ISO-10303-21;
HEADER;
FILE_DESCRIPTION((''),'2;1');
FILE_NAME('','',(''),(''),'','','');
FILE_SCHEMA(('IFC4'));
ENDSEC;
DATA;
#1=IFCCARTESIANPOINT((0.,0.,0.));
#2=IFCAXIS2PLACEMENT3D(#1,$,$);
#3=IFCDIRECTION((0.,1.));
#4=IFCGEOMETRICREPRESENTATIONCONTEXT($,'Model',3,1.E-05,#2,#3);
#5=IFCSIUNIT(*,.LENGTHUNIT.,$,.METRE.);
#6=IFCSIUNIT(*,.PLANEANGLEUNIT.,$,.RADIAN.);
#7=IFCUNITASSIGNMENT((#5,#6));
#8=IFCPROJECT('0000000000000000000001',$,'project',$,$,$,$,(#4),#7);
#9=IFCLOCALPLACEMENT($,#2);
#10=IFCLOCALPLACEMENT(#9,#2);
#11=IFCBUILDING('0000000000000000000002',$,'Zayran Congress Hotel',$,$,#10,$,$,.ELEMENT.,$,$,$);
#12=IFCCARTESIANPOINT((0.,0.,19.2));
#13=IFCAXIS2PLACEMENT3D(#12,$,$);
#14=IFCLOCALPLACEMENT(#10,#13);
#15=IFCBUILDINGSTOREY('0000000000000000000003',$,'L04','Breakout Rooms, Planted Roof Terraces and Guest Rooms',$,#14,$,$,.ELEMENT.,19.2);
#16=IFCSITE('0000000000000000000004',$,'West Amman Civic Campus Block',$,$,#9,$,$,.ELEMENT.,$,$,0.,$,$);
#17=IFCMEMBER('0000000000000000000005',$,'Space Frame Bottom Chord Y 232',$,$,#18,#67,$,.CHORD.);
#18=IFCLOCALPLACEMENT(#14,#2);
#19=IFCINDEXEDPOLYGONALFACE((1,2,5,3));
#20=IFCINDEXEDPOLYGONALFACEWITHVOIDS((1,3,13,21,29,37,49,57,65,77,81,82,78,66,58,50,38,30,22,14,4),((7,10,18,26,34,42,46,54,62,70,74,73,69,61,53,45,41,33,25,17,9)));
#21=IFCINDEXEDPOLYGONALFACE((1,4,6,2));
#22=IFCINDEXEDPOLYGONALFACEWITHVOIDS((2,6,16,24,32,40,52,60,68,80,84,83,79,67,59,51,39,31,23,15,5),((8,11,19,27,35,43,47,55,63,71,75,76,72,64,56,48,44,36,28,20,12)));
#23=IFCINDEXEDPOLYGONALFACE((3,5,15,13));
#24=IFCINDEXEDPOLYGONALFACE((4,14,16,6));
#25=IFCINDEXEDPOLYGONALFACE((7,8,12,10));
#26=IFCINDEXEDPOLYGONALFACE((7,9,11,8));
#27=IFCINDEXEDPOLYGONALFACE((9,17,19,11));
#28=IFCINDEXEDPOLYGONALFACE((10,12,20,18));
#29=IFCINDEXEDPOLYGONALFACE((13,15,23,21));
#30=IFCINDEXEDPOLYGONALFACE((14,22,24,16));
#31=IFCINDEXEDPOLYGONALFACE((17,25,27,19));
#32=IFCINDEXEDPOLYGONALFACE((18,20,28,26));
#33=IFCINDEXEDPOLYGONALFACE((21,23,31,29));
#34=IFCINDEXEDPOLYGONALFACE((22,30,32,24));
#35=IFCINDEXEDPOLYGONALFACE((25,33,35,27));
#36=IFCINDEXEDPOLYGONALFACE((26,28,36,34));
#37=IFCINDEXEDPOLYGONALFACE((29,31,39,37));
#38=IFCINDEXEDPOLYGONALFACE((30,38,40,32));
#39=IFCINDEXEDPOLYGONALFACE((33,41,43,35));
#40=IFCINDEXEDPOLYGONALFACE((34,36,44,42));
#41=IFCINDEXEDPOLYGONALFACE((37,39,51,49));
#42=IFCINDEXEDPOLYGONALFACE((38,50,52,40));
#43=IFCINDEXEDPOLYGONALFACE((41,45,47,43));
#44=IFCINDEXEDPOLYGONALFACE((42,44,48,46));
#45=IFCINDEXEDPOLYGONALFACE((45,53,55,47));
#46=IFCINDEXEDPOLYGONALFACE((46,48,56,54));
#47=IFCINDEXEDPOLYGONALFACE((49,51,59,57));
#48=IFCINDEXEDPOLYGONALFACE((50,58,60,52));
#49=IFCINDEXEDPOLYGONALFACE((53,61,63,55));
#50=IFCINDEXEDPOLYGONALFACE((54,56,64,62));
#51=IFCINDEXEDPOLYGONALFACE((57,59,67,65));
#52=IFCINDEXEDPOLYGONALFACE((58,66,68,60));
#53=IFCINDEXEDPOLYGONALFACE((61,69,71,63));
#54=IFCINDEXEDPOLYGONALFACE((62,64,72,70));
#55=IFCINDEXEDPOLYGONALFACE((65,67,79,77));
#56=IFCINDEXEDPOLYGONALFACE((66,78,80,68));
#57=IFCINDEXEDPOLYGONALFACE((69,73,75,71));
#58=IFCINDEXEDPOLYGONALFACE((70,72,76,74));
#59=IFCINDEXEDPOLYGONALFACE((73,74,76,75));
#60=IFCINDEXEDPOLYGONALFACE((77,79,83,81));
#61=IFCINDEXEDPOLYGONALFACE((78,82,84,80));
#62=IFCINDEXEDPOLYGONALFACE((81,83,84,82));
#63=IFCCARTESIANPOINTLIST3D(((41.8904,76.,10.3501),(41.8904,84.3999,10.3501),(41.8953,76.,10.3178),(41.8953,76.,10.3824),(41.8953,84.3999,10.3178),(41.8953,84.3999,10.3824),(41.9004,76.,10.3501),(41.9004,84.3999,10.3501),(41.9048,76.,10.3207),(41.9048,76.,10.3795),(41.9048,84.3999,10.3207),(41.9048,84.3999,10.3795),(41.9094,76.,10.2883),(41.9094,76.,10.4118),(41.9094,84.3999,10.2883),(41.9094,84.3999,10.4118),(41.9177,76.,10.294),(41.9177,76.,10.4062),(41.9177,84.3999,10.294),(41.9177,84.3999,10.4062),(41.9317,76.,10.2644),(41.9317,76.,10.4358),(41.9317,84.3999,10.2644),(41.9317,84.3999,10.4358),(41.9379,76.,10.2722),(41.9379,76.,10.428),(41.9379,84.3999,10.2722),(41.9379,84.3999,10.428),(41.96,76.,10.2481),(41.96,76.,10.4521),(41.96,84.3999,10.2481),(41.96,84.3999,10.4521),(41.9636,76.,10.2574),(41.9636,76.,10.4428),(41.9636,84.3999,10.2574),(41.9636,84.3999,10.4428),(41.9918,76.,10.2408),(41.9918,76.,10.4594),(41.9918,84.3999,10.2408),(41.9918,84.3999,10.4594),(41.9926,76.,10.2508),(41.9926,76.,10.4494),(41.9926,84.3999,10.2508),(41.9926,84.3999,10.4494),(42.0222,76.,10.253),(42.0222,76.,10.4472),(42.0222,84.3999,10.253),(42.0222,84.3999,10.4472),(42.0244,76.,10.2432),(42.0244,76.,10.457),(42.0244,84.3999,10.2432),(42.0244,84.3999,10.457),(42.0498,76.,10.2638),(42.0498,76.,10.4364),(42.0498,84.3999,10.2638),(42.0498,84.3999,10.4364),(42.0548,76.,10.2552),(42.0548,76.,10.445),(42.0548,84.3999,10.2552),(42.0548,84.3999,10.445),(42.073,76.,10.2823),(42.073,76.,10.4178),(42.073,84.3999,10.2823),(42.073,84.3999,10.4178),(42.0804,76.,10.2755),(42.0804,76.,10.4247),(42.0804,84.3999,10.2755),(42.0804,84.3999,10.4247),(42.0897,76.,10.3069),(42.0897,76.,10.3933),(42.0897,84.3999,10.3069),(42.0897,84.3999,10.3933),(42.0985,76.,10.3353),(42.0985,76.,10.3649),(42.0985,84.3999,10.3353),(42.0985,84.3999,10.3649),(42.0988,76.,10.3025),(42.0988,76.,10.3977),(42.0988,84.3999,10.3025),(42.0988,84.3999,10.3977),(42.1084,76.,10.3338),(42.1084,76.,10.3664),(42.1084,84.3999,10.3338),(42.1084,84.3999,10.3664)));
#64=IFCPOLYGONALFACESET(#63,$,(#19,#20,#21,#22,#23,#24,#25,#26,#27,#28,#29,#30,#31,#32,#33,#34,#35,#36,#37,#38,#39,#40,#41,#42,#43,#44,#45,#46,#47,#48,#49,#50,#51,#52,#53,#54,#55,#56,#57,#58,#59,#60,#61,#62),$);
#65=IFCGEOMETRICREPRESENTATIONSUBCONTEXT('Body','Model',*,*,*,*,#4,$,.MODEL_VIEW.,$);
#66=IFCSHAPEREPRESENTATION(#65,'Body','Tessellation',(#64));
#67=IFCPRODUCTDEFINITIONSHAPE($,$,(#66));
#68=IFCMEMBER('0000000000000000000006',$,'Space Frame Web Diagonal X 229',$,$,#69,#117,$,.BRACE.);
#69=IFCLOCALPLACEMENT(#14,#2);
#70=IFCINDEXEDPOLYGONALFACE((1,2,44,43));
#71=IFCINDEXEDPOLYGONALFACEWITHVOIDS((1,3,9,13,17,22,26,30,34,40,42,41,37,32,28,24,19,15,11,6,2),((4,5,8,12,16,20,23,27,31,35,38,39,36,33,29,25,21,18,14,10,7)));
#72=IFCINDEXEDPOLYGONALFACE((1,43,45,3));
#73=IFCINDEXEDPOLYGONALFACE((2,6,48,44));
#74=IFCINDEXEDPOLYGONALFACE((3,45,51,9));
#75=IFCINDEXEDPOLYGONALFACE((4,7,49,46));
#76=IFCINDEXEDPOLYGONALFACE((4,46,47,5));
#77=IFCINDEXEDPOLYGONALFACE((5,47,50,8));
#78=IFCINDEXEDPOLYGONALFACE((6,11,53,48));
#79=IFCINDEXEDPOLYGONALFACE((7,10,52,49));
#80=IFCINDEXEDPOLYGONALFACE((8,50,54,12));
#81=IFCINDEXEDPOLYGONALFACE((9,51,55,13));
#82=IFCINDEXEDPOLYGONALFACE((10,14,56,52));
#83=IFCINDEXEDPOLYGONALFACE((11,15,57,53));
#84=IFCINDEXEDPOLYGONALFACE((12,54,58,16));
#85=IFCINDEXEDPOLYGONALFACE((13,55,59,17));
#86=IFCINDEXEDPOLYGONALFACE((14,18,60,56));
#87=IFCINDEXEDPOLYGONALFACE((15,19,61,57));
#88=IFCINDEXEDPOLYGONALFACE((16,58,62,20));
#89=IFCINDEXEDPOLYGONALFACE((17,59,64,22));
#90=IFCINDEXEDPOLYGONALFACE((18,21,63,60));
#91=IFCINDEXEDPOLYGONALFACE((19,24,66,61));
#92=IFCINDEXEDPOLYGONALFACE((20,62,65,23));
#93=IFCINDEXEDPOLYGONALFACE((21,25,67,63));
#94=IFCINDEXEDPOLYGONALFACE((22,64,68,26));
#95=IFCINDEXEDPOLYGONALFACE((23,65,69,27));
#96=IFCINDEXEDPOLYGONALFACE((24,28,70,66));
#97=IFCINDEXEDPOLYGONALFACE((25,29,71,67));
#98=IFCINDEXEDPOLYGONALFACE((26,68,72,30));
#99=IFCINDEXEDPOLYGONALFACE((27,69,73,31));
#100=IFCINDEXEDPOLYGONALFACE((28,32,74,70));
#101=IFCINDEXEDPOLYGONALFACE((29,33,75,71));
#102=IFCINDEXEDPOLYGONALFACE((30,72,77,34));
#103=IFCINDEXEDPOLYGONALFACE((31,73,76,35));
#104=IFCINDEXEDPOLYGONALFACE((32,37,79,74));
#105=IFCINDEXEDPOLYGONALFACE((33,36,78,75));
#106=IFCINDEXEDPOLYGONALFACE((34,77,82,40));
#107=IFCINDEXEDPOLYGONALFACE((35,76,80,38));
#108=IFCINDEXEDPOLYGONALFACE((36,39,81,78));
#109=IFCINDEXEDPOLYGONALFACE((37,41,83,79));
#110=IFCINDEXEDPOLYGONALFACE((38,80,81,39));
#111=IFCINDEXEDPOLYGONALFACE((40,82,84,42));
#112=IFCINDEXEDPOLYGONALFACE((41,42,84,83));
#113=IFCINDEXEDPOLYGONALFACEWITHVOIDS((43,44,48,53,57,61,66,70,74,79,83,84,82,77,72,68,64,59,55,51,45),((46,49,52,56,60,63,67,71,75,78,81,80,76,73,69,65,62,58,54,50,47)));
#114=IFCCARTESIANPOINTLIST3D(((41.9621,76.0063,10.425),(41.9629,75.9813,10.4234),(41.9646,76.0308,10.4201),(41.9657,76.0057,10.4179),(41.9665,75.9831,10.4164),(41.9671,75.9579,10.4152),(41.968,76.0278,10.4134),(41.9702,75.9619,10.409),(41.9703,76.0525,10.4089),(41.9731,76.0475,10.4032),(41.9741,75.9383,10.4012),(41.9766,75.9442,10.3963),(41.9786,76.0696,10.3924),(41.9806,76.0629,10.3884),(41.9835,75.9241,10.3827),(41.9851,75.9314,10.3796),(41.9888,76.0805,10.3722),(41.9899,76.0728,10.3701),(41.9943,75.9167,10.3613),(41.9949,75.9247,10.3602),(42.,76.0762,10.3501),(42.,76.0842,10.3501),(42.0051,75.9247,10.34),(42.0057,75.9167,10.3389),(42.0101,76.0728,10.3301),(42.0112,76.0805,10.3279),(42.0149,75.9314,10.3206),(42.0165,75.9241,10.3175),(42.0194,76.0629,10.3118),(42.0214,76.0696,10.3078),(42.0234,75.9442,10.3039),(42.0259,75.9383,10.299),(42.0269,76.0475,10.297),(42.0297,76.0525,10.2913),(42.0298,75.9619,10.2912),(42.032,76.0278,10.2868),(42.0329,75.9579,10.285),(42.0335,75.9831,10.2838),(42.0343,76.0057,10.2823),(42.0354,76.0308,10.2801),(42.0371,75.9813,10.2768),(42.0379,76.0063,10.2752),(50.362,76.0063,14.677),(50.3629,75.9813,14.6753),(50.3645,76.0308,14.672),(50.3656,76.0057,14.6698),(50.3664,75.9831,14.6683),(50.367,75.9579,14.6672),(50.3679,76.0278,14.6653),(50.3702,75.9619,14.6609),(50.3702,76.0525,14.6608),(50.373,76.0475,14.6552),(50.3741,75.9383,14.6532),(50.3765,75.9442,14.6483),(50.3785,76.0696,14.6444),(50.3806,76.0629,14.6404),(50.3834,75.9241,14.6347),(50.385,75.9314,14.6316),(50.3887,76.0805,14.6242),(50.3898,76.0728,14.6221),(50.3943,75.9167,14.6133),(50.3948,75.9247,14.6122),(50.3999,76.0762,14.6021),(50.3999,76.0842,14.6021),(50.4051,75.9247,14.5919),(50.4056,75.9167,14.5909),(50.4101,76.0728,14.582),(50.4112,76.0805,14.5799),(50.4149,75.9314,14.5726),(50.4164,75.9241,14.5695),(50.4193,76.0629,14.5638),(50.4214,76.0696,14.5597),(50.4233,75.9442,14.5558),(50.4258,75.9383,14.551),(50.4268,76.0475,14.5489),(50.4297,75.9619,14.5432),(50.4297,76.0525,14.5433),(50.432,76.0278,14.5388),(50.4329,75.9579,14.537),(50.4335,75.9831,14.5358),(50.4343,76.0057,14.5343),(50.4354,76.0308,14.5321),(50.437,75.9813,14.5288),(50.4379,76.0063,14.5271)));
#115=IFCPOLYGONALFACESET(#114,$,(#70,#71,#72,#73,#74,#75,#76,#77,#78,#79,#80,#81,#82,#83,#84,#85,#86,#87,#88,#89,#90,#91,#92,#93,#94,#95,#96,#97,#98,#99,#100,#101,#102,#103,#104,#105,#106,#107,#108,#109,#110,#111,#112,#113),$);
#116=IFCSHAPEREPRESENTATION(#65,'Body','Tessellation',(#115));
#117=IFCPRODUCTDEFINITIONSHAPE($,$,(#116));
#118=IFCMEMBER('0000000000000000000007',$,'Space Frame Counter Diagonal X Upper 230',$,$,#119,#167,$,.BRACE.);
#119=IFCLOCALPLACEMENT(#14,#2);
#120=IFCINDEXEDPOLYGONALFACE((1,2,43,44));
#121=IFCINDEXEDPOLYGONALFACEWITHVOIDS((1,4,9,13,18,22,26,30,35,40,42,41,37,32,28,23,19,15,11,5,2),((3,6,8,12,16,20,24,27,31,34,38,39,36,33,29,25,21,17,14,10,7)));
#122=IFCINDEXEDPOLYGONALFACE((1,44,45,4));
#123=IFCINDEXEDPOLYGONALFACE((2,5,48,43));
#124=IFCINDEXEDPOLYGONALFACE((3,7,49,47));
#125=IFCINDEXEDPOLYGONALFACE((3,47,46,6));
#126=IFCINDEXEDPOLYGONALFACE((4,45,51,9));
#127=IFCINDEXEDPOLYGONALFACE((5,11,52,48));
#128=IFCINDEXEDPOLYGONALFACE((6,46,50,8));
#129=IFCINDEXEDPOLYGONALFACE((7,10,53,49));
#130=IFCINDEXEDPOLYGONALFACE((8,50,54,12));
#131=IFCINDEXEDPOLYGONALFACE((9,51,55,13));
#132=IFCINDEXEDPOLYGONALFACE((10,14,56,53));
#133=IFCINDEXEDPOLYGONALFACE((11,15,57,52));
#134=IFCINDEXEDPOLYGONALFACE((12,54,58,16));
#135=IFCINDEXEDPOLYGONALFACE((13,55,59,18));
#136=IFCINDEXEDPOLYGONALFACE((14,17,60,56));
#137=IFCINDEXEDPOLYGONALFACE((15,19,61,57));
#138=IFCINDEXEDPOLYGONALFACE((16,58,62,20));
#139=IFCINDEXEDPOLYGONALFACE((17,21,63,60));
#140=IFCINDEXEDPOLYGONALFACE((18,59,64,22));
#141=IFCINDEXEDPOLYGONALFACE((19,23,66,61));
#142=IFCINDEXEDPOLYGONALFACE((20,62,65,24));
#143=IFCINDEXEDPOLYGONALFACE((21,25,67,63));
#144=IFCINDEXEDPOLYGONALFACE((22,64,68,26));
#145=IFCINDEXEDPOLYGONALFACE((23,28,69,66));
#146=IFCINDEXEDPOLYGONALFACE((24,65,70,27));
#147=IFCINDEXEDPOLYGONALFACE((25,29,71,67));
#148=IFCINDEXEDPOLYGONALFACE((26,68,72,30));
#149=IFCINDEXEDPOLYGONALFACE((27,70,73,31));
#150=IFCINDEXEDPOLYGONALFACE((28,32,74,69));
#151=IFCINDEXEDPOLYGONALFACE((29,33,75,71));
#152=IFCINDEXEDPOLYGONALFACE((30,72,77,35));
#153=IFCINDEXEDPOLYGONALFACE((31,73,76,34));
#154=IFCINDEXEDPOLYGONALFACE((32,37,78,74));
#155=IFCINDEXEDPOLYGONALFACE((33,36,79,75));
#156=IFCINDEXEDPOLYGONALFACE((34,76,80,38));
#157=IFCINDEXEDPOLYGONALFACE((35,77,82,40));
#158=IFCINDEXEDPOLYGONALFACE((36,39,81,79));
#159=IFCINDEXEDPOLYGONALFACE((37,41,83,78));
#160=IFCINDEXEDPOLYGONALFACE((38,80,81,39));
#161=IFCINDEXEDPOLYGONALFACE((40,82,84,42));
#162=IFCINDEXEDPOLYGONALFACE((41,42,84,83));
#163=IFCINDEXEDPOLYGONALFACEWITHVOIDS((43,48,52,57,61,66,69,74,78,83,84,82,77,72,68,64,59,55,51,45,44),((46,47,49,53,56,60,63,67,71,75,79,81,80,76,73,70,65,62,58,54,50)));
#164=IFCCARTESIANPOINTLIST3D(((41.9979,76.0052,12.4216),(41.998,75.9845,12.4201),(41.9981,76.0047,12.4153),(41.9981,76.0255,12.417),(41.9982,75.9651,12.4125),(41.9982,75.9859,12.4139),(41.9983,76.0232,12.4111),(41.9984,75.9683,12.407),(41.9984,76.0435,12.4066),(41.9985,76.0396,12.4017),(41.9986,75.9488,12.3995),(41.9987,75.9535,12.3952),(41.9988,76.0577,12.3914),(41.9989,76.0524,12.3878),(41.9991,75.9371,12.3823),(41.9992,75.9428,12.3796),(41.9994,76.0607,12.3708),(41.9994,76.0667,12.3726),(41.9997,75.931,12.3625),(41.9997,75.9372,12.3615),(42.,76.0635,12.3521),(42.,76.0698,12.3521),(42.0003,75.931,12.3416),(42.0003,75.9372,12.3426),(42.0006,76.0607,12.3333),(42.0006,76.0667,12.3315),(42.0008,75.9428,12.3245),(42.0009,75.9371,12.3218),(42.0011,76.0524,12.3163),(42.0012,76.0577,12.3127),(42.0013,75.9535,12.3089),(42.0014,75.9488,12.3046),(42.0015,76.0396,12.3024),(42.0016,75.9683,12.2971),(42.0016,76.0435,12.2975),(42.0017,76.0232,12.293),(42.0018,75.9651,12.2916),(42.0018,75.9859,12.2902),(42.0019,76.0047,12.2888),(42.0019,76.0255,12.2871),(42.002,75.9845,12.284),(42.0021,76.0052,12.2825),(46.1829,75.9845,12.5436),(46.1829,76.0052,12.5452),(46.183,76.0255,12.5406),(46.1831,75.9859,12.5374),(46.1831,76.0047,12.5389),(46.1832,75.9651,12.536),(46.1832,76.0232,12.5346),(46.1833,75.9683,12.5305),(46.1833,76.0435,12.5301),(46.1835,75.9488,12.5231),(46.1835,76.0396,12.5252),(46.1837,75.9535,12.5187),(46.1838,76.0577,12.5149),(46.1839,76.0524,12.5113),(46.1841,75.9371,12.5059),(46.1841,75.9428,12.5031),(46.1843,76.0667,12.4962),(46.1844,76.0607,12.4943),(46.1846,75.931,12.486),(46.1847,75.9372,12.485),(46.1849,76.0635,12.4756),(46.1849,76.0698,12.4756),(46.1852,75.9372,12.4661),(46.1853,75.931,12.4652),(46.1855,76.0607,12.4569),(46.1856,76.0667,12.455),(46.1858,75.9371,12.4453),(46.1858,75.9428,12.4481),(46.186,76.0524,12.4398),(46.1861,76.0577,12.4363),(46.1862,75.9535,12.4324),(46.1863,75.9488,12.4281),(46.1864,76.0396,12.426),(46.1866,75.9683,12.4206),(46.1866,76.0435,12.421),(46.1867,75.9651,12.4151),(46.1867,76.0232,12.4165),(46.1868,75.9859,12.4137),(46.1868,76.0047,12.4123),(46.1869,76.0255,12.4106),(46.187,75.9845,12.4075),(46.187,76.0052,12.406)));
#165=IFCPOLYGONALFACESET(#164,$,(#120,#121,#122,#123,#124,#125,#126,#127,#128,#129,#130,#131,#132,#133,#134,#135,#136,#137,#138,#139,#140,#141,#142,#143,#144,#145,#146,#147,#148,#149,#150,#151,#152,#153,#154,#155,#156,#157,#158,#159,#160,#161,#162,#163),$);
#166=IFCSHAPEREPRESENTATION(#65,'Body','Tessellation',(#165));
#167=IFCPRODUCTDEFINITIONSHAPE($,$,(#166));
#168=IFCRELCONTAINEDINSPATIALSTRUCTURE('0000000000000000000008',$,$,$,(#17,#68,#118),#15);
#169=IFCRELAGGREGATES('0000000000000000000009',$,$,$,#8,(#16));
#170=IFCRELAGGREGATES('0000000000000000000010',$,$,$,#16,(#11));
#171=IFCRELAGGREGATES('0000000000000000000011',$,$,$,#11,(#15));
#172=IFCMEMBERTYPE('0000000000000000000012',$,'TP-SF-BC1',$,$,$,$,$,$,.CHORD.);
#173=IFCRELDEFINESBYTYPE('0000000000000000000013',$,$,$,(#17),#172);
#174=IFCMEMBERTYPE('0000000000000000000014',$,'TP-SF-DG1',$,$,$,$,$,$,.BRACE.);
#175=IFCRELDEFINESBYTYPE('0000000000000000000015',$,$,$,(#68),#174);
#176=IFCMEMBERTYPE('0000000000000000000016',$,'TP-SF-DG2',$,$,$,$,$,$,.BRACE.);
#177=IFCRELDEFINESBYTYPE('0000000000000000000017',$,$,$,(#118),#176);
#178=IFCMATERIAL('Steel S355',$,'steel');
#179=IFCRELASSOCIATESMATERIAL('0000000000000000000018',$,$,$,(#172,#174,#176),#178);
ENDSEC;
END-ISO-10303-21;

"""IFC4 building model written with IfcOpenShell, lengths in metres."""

from ifc_helpers import new_model, si_unit, direction, frame, origin, origin_2d, place, context, subcontext, project, spatial, hollow_circle, extrude, material, material_profile, profile_set, type_object, element, save


model = new_model("IFC4")

# Units and contexts
model_context = context("Model", 3, precision=1e-05, world=origin(), true_north=direction((0.0, 1.0)))
body_context = subcontext(model_context, "Body", "Model", "MODEL_VIEW")
ifc_project = project(units=[si_unit("LENGTHUNIT", "METRE"), si_unit("PLANEANGLEUNIT", "RADIAN")], contexts=[model_context])

# Site, building, storey
site_placement = place(None, origin())
site = spatial("IfcSite", under=ifc_project, at=site_placement, Name="West Amman Civic Campus Block", CompositionType="ELEMENT", RefElevation=0.0)
building_placement = place(site_placement, origin())
building = spatial("IfcBuilding", under=site, at=building_placement, Name="Zayran Congress Hotel", CompositionType="ELEMENT")
storey_placement = place(building_placement, frame((0.0, 0.0, 19.2)))
storey = spatial("IfcBuildingStorey", under=building, at=storey_placement, Name="L04", Description="Breakout Rooms, Planted Roof Terraces and Guest Rooms", CompositionType="ELEMENT", Elevation=19.2)

# Members
ifc_material_1 = material(Name="Steel S355", Category="steel")
ifc_material_profile_1 = material_profile(ifc_material_1, hollow_circle(Radius=0.1096, WallThickness=0.01, at=origin_2d()), Name="CHS 219.1x10")
ifc_profile_set_1 = profile_set([ifc_material_profile_1], Name="Steel S355")
member_type_1 = type_object("IfcMemberType", Name="TP-SF-BC1", PredefinedType="CHORD", material=ifc_profile_set_1)
member_1_placement = place(storey_placement, frame((42.0, 76.0, 10.3501), z_axis=(0.0, 1.0, 0.0), x_axis=(-1.0, 0.0, 0.0)))
element("IfcMember", 1, at=member_1_placement, inside=storey, type_object=member_type_1, Name="Space Frame Bottom Chord Y 232", PredefinedType="CHORD", context=body_context, shape_type="SweptSolid", body=[
    extrude(hollow_circle(Radius=0.1096, WallThickness=0.01, at=origin_2d()), origin(), (0.0, 0.0, 1.0), 8.3999),
])
ifc_material_profile_2 = material_profile(ifc_material_1, hollow_circle(Radius=0.0842, WallThickness=0.0081, at=origin_2d()), Name="CHS 168.3x8")
ifc_profile_set_2 = profile_set([ifc_material_profile_2], Name="Steel S355")
member_type_2 = type_object("IfcMemberType", Name="TP-SF-DG1", PredefinedType="BRACE", material=ifc_profile_set_2)
member_2_placement = place(storey_placement, frame((42.0, 76.0, 10.3501), z_axis=(0.892207, 0.0, 0.451627), x_axis=(0.0, 1.0, 0.0)))
element("IfcMember", 2, at=member_2_placement, inside=storey, type_object=member_type_2, Name="Space Frame Web Diagonal X 229", PredefinedType="BRACE", context=body_context, shape_type="SweptSolid", body=[
    extrude(hollow_circle(Radius=0.0842, WallThickness=0.0081, at=origin_2d()), origin(), (0.0, 0.0, 1.0), 9.4148),
])
ifc_material_profile_3 = material_profile(ifc_material_1, hollow_circle(Radius=0.0698, WallThickness=0.0063, at=origin_2d()), Name="CHS 139.7x6.3")
ifc_profile_set_3 = profile_set([ifc_material_profile_3], Name="Steel S355")
member_type_3 = type_object("IfcMemberType", Name="TP-SF-DG2", PredefinedType="BRACE", material=ifc_profile_set_3)
member_3_placement = place(storey_placement, frame((42.0, 76.0, 12.3521), z_axis=(0.999565, 0.0, 0.029505), x_axis=(0.0, 1.0, 0.0)))
element("IfcMember", 3, at=member_3_placement, inside=storey, type_object=member_type_3, Name="Space Frame Counter Diagonal X Upper 230", PredefinedType="BRACE", context=body_context, shape_type="SweptSolid", body=[
    extrude(hollow_circle(Radius=0.0698, WallThickness=0.0063, at=origin_2d()), origin(), (0.0, 0.0, 1.0), 4.1868),
])

save(model, "model.ifc")
